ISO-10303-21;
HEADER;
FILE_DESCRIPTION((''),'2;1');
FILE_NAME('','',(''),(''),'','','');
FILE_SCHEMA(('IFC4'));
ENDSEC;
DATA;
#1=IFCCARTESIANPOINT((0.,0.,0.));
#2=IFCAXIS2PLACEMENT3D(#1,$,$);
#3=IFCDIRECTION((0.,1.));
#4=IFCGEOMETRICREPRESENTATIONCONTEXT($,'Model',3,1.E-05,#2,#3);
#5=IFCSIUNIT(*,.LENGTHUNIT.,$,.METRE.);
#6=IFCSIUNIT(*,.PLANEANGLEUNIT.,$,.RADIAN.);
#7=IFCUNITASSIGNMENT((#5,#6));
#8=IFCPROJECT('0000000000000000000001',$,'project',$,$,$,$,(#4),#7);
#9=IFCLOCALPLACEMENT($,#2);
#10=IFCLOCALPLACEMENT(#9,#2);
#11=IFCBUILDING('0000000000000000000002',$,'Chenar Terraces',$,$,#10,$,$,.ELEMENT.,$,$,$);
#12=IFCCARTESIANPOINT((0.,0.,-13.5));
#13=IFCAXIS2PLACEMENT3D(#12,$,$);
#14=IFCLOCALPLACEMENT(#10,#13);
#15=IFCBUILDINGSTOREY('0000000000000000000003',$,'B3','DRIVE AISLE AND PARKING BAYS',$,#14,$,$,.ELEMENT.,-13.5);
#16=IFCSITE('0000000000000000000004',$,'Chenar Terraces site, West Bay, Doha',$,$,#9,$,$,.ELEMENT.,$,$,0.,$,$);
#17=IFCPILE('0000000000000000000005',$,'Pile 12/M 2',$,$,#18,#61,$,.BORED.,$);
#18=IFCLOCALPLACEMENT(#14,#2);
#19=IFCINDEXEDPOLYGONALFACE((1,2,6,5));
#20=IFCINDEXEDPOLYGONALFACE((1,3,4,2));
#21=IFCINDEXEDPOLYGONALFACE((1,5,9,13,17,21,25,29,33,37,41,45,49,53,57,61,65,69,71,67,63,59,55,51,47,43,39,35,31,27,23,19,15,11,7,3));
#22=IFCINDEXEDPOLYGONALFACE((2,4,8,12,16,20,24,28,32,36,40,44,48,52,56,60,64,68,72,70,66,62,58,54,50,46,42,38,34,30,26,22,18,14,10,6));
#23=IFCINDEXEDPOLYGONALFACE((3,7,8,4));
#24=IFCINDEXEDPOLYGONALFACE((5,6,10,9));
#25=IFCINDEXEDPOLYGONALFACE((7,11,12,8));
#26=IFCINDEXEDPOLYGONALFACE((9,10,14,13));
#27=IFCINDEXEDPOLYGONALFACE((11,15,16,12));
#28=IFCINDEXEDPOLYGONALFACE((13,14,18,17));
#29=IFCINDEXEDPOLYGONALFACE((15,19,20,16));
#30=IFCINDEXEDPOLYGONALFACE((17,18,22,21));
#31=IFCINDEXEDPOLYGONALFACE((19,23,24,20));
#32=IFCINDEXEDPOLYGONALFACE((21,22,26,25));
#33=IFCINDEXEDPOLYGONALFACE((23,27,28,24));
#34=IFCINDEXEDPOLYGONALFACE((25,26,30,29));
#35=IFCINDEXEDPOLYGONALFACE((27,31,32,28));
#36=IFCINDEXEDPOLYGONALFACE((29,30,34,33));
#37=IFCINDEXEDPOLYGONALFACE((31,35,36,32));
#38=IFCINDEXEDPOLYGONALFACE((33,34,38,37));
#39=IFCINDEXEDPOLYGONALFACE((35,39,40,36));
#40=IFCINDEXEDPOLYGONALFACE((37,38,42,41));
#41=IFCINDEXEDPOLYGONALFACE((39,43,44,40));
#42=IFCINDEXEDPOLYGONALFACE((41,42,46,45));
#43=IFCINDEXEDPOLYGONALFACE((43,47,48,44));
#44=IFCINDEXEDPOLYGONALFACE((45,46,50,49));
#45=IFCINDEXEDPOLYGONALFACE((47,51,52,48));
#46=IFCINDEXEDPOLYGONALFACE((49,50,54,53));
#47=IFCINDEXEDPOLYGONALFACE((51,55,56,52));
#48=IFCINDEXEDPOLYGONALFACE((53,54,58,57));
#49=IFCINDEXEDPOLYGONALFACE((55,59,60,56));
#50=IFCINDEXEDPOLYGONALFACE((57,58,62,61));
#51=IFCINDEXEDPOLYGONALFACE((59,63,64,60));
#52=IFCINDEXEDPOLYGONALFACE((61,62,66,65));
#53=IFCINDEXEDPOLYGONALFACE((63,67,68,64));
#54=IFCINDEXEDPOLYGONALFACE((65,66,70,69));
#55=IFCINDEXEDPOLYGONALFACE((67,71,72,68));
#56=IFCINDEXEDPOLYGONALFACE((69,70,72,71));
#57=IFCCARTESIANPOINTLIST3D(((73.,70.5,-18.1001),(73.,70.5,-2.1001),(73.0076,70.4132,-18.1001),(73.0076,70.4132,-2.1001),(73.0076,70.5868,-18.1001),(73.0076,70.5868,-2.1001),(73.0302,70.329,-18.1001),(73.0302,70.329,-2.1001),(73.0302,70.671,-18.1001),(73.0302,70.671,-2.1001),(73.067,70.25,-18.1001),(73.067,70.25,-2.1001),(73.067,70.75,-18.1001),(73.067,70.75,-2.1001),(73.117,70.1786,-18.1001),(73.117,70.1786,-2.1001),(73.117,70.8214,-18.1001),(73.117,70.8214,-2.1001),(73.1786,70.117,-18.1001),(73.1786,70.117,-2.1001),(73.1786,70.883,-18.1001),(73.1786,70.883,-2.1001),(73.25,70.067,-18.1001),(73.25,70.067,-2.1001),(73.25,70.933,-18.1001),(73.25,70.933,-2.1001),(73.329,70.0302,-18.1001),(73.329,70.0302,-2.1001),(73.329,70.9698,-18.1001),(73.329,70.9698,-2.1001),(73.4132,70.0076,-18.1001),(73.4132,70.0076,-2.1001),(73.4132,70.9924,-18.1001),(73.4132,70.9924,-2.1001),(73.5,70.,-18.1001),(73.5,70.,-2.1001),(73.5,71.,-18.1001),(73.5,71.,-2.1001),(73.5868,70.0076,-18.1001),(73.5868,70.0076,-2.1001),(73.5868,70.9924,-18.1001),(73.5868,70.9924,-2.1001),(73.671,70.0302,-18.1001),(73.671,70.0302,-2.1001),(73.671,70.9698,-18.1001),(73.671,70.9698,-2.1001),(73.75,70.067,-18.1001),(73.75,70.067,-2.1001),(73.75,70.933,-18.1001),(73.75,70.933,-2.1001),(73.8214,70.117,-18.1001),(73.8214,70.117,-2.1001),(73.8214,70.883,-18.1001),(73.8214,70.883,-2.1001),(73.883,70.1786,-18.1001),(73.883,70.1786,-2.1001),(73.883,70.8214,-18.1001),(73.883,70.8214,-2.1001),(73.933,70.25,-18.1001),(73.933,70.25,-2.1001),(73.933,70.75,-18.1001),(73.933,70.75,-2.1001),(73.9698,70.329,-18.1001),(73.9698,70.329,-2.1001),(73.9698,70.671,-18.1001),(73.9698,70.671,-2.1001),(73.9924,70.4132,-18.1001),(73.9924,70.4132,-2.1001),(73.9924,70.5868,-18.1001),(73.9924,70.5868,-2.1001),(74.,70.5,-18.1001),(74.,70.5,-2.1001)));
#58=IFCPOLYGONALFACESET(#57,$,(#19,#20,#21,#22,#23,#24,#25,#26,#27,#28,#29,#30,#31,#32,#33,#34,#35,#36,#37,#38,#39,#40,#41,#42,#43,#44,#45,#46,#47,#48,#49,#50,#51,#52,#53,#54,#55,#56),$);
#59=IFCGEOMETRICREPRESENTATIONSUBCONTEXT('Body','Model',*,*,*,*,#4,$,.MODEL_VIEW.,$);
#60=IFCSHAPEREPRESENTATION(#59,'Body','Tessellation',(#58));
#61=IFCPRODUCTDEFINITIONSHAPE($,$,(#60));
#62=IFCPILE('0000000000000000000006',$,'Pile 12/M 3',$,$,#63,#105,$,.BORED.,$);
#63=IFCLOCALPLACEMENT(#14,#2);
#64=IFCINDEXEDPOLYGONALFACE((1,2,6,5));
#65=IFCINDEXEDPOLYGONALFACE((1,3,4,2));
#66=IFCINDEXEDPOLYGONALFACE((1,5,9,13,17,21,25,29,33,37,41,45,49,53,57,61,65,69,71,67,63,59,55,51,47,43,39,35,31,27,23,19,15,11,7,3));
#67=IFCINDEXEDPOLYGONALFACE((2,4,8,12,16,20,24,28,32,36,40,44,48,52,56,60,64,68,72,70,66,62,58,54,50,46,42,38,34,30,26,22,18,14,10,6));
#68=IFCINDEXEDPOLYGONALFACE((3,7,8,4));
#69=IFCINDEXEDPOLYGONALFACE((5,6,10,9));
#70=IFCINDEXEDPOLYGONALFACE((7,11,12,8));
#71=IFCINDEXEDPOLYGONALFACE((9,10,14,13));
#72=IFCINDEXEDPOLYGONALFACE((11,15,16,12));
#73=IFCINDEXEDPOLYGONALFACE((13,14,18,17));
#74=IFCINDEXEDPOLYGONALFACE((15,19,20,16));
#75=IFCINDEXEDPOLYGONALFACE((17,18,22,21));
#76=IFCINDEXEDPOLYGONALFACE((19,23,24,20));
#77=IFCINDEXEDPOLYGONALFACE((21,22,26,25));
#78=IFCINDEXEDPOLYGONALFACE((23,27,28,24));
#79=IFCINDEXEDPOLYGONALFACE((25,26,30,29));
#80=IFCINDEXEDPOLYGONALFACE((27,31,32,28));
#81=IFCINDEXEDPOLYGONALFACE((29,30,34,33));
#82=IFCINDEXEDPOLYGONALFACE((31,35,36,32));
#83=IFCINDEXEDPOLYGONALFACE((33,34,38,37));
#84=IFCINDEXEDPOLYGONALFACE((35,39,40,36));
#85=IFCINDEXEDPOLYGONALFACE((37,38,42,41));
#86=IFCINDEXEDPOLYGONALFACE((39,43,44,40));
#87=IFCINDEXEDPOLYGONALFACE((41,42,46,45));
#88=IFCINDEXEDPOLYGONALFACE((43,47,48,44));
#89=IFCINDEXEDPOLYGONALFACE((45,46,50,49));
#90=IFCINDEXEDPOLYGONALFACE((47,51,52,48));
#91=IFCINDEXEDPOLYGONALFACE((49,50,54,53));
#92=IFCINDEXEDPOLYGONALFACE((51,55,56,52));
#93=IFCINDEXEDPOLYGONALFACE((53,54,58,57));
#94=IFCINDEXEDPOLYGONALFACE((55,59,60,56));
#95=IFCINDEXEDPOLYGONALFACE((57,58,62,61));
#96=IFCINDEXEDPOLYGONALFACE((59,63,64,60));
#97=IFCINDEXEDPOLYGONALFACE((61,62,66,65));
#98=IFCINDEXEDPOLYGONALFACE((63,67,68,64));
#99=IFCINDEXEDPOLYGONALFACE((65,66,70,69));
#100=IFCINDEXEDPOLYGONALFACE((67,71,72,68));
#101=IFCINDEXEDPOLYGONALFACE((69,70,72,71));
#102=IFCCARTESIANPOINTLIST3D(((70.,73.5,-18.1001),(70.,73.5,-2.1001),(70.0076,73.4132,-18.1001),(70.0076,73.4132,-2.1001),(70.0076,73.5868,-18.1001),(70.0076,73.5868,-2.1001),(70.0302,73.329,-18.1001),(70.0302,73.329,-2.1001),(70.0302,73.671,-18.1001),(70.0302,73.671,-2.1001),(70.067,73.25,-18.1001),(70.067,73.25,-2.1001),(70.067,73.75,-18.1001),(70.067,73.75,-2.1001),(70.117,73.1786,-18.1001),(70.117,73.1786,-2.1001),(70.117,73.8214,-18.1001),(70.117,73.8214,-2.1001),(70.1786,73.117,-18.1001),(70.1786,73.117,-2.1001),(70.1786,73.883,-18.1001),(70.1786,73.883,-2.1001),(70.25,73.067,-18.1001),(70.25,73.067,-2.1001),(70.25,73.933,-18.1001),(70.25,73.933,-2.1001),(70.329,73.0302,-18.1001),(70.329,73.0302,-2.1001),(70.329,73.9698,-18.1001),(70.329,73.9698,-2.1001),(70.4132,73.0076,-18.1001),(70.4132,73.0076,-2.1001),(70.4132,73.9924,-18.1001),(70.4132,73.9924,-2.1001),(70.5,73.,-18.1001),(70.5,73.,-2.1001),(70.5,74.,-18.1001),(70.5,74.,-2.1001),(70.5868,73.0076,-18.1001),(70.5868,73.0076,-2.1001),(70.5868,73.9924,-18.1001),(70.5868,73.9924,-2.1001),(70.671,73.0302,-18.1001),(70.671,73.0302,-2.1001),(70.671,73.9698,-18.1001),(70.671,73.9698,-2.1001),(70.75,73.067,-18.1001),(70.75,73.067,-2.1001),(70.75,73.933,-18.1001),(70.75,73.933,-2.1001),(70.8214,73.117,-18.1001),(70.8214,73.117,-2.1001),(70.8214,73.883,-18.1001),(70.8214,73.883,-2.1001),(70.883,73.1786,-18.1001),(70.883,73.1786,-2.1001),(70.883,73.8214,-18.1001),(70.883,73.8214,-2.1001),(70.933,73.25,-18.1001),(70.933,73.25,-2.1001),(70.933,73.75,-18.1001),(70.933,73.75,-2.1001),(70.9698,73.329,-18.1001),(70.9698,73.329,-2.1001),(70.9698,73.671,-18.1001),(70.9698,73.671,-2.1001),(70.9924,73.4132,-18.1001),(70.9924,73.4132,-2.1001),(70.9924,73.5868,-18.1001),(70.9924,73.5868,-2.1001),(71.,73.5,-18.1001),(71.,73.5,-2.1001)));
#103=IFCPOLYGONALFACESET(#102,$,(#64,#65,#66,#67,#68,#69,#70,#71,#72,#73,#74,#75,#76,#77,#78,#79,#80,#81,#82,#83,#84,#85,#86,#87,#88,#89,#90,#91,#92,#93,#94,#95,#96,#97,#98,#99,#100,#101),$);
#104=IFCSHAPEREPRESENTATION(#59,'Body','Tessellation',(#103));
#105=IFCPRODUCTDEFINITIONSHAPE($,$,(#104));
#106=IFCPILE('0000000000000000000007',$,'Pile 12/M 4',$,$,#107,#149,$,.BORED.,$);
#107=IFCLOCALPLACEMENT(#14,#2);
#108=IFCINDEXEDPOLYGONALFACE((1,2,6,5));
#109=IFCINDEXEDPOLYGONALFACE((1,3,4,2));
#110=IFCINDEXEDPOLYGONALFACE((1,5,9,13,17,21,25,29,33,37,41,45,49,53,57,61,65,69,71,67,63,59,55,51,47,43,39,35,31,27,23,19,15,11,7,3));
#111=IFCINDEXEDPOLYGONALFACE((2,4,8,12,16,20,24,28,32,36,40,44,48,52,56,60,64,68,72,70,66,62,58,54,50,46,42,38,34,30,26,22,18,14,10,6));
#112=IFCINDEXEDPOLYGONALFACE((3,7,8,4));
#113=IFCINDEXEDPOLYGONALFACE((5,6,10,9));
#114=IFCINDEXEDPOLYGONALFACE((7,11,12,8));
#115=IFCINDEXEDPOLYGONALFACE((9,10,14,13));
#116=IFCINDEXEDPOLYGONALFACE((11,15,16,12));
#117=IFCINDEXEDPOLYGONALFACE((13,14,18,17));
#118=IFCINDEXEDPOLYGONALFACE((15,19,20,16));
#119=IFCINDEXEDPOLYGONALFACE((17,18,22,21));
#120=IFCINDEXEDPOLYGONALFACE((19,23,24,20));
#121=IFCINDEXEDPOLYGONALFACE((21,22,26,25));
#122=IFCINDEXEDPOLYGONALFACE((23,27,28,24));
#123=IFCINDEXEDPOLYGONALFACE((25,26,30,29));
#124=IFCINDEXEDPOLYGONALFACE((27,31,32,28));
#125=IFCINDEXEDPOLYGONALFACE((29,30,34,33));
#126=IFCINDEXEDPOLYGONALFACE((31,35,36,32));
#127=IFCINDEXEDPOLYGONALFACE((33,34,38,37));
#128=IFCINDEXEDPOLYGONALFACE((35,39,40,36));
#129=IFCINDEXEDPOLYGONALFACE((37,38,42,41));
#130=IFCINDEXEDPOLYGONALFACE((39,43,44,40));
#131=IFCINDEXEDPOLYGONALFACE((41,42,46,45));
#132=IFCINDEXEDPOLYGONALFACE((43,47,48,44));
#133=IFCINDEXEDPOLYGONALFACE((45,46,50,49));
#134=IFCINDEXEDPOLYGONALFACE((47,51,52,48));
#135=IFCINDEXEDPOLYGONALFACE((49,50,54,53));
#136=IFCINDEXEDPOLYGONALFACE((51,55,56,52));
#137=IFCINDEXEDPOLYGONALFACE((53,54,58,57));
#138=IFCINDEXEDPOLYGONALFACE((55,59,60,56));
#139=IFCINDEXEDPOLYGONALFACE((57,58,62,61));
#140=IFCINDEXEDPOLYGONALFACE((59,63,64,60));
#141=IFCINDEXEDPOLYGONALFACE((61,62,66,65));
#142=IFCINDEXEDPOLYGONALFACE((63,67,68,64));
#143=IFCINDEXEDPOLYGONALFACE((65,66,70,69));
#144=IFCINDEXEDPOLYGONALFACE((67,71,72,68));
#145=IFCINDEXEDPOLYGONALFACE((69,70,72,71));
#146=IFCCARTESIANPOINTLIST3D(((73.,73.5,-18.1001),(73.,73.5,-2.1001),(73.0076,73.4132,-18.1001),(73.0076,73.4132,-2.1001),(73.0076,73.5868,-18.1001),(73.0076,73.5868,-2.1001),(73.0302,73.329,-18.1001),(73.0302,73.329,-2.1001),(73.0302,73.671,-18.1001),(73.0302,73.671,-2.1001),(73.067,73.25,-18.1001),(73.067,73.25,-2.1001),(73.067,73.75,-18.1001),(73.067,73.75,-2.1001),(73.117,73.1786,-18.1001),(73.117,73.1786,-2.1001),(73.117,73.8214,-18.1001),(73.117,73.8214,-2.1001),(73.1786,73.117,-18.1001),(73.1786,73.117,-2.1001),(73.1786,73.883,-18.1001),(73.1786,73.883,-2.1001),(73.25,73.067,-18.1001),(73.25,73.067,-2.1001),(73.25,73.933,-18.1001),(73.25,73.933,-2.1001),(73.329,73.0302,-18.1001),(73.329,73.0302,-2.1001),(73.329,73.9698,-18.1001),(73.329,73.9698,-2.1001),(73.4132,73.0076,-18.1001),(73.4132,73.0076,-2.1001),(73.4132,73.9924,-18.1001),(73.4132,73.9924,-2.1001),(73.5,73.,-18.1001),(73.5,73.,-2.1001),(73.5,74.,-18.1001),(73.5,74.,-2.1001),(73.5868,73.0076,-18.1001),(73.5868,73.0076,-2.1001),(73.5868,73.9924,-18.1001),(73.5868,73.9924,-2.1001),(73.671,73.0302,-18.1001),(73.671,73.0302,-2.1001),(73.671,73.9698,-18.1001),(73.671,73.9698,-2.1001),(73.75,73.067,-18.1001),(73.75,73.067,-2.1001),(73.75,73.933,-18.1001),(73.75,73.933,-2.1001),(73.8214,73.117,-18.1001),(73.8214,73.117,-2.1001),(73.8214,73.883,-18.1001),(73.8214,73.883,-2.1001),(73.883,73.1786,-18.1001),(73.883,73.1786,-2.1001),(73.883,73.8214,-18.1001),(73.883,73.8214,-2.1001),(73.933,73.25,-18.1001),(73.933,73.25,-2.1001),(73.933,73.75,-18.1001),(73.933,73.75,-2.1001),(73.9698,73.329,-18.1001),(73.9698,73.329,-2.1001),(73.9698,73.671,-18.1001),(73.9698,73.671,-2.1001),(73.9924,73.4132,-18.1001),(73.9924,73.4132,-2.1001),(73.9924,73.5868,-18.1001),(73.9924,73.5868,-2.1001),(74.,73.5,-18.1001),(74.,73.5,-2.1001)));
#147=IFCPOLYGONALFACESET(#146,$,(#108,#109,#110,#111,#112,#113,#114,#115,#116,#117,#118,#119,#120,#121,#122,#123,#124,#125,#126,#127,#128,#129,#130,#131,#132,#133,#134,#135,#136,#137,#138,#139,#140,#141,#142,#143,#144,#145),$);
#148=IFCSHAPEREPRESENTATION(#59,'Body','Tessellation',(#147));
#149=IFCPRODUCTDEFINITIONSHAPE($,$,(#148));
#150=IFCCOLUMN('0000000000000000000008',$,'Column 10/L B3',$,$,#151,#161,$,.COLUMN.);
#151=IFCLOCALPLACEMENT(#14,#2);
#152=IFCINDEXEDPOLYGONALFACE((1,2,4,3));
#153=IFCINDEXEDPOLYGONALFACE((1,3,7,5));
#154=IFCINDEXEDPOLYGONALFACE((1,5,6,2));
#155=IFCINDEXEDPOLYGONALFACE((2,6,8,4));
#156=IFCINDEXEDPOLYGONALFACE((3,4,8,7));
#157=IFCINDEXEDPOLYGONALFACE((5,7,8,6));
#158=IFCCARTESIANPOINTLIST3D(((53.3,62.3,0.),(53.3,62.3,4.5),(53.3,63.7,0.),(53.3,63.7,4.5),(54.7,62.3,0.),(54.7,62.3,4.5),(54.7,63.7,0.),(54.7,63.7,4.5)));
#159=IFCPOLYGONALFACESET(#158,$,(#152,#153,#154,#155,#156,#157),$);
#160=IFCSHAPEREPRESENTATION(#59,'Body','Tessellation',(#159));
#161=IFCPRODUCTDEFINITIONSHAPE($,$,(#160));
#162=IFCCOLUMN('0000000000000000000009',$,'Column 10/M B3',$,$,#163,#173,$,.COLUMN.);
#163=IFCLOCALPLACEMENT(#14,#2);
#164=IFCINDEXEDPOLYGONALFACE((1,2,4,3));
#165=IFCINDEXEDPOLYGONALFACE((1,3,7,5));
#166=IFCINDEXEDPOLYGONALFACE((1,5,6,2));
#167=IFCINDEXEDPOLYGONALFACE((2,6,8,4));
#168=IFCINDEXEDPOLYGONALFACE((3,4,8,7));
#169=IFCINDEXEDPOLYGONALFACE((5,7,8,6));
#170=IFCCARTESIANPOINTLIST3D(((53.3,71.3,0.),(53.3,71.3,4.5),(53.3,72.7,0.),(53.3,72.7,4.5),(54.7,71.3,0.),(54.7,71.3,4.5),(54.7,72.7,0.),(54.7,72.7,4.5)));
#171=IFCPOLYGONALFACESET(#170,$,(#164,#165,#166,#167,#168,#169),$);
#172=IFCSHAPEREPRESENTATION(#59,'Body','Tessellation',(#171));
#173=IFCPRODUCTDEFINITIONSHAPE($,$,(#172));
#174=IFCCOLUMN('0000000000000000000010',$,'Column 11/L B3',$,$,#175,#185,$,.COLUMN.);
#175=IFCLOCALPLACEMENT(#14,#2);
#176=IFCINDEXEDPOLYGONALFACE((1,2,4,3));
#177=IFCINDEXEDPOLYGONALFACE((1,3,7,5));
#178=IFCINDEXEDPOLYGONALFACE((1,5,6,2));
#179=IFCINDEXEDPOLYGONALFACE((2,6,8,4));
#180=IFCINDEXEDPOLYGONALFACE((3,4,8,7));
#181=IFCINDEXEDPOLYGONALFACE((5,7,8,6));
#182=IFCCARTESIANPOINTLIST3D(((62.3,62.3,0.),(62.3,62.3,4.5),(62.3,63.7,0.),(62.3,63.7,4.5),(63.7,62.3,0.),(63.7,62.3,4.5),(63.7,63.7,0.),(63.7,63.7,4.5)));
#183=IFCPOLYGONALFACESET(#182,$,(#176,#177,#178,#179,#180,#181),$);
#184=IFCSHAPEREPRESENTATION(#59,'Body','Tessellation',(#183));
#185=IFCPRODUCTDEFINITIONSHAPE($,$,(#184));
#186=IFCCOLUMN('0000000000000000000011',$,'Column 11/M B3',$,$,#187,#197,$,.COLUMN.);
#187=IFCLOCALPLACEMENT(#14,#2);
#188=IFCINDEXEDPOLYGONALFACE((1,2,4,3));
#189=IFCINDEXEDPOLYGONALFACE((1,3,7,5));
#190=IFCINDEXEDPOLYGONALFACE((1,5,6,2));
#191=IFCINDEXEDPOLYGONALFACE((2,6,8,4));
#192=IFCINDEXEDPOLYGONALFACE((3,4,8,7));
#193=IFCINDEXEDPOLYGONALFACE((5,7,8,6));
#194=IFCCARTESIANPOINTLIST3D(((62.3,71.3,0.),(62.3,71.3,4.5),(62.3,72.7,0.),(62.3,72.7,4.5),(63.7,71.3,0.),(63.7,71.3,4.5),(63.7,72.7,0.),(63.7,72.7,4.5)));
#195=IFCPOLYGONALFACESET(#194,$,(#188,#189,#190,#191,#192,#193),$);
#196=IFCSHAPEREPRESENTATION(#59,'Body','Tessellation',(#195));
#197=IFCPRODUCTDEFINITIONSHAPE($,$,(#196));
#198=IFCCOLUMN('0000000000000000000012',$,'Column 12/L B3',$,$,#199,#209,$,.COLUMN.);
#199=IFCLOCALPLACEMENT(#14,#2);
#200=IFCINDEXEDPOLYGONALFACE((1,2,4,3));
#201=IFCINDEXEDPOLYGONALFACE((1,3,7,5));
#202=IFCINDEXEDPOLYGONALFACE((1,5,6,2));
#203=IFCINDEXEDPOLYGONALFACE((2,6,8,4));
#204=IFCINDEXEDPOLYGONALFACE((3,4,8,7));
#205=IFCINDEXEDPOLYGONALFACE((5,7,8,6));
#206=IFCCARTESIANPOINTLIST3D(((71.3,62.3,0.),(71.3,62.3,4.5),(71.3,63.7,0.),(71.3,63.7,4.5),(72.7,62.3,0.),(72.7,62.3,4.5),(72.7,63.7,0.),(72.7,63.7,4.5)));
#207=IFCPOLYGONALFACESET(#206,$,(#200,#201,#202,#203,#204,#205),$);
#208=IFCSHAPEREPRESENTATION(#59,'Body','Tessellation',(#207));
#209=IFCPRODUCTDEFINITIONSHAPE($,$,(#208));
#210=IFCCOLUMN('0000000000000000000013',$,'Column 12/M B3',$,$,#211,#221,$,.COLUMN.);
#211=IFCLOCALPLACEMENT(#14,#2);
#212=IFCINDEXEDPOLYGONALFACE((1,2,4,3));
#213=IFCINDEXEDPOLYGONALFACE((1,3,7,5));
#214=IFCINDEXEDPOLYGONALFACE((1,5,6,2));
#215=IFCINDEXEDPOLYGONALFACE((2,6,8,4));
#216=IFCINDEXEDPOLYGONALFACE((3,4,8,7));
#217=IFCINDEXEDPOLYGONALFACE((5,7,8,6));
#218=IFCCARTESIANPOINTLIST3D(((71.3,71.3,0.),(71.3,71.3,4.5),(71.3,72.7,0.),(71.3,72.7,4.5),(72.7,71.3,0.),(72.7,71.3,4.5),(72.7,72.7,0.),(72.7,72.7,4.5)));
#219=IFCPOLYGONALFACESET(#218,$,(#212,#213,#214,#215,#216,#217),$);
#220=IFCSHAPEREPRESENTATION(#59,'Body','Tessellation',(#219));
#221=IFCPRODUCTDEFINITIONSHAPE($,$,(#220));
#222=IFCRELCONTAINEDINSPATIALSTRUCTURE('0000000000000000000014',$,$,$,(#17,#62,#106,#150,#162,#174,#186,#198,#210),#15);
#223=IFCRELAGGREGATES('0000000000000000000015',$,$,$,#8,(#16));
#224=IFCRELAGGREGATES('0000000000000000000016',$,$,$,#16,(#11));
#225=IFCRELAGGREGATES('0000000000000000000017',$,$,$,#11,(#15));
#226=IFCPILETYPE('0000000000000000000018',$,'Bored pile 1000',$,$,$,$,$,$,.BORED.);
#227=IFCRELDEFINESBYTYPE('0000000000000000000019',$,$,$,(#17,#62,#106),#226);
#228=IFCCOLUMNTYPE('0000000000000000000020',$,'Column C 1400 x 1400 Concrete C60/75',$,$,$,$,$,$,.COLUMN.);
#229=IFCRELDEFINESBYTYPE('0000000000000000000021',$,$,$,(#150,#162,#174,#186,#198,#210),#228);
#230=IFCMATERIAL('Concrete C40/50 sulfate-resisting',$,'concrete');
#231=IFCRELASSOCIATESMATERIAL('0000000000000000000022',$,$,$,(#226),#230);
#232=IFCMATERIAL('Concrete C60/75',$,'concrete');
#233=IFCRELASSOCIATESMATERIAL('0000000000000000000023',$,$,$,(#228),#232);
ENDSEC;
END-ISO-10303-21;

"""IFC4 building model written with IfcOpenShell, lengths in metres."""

from ifc_helpers import new_model, si_unit, direction, frame, origin, origin_2d, place, context, subcontext, project, spatial, rectangle, circle, extrude, material, material_profile, profile_set, type_object, element, save


model = new_model("IFC4")

# Units and contexts
model_context = context("Model", 3, precision=1e-05, world=origin(), true_north=direction((0.0, 1.0)))
body_context = subcontext(model_context, "Body", "Model", "MODEL_VIEW")
ifc_project = project(units=[si_unit("LENGTHUNIT", "METRE"), si_unit("PLANEANGLEUNIT", "RADIAN")], contexts=[model_context])

# Site, building, storey
site_placement = place(None, origin())
site = spatial("IfcSite", under=ifc_project, at=site_placement, Name="Chenar Terraces site, West Bay, Doha", CompositionType="ELEMENT", RefElevation=0.0)
building_placement = place(site_placement, origin())
building = spatial("IfcBuilding", under=site, at=building_placement, Name="Chenar Terraces", CompositionType="ELEMENT")
storey_placement = place(building_placement, frame((0.0, 0.0, -13.5)))
storey = spatial("IfcBuildingStorey", under=building, at=storey_placement, Name="B3", Description="DRIVE AISLE AND PARKING BAYS", CompositionType="ELEMENT", Elevation=-13.5)

# Piles
ifc_material_1 = material(Name="Concrete C40/50 sulfate-resisting", Category="concrete")
ifc_material_profile_1 = material_profile(ifc_material_1, circle(Radius=0.5, at=origin_2d()), Name="BP 1000")
ifc_profile_set_1 = profile_set([ifc_material_profile_1], Name="Concrete C40/50 sulfate-resisting")
pile_type = type_object("IfcPileType", Name="Bored pile 1000", PredefinedType="BORED", material=ifc_profile_set_1)
for number, where, z_axis, x_axis, name in (
    (1, (73.5, 70.5, -2.1001), (0.0, 0.0, -1.0), (1.0, 0.0, 0.0), "Pile 12/M 2"),
    (2, (70.5, 73.5, -2.1001), (0.0, 0.0, -1.0), (1.0, 0.0, 0.0), "Pile 12/M 3"),
    (3, (73.5, 73.5, -2.1001), (0.0, 0.0, -1.0), (1.0, 0.0, 0.0), "Pile 12/M 4"),
):
    element("IfcPile", number, at=place(storey_placement, frame(where, z_axis=z_axis, x_axis=x_axis)), inside=storey, type_object=pile_type, Name=name, PredefinedType="BORED", context=body_context, shape_type="SweptSolid", body=[
        extrude(circle(Radius=0.5, at=origin_2d()), origin(), (0.0, 0.0, 1.0), 16.0),
    ])

# Columns
ifc_material_2 = material(Name="Concrete C60/75", Category="concrete")
ifc_material_profile_2 = material_profile(ifc_material_2, rectangle(XDim=1.3999, YDim=1.3999, at=origin_2d()), Name="C 1400 x 1400")
ifc_profile_set_2 = profile_set([ifc_material_profile_2], Name="Concrete C60/75")
column_type = type_object("IfcColumnType", Name="Column C 1400 x 1400 Concrete C60/75", PredefinedType="COLUMN", material=ifc_profile_set_2)
for number, where, z_axis, x_axis, name in (
    (4, (54.0, 63.0, 0.0), (0.0, 0.0, 1.0), (1.0, 0.0, 0.0), "Column 10/L B3"),
    (5, (54.0, 72.0, 0.0), (0.0, 0.0, 1.0), (1.0, 0.0, 0.0), "Column 10/M B3"),
    (6, (63.0, 63.0, 0.0), (0.0, 0.0, 1.0), (1.0, 0.0, 0.0), "Column 11/L B3"),
    (7, (63.0, 72.0, 0.0), (0.0, 0.0, 1.0), (1.0, 0.0, 0.0), "Column 11/M B3"),
    (8, (72.0, 63.0, 0.0), (0.0, 0.0, 1.0), (1.0, 0.0, 0.0), "Column 12/L B3"),
    (9, (72.0, 72.0, 0.0), (0.0, 0.0, 1.0), (1.0, 0.0, 0.0), "Column 12/M B3"),
):
    element("IfcColumn", number, at=place(storey_placement, frame(where, z_axis=z_axis, x_axis=x_axis)), inside=storey, type_object=column_type, Name=name, PredefinedType="COLUMN", context=body_context, shape_type="SweptSolid", body=[
        extrude(rectangle(XDim=1.3999, YDim=1.3999, at=origin_2d()), origin(), (0.0, 0.0, 1.0), 4.5),
    ])

save(model, "model.ifc")
